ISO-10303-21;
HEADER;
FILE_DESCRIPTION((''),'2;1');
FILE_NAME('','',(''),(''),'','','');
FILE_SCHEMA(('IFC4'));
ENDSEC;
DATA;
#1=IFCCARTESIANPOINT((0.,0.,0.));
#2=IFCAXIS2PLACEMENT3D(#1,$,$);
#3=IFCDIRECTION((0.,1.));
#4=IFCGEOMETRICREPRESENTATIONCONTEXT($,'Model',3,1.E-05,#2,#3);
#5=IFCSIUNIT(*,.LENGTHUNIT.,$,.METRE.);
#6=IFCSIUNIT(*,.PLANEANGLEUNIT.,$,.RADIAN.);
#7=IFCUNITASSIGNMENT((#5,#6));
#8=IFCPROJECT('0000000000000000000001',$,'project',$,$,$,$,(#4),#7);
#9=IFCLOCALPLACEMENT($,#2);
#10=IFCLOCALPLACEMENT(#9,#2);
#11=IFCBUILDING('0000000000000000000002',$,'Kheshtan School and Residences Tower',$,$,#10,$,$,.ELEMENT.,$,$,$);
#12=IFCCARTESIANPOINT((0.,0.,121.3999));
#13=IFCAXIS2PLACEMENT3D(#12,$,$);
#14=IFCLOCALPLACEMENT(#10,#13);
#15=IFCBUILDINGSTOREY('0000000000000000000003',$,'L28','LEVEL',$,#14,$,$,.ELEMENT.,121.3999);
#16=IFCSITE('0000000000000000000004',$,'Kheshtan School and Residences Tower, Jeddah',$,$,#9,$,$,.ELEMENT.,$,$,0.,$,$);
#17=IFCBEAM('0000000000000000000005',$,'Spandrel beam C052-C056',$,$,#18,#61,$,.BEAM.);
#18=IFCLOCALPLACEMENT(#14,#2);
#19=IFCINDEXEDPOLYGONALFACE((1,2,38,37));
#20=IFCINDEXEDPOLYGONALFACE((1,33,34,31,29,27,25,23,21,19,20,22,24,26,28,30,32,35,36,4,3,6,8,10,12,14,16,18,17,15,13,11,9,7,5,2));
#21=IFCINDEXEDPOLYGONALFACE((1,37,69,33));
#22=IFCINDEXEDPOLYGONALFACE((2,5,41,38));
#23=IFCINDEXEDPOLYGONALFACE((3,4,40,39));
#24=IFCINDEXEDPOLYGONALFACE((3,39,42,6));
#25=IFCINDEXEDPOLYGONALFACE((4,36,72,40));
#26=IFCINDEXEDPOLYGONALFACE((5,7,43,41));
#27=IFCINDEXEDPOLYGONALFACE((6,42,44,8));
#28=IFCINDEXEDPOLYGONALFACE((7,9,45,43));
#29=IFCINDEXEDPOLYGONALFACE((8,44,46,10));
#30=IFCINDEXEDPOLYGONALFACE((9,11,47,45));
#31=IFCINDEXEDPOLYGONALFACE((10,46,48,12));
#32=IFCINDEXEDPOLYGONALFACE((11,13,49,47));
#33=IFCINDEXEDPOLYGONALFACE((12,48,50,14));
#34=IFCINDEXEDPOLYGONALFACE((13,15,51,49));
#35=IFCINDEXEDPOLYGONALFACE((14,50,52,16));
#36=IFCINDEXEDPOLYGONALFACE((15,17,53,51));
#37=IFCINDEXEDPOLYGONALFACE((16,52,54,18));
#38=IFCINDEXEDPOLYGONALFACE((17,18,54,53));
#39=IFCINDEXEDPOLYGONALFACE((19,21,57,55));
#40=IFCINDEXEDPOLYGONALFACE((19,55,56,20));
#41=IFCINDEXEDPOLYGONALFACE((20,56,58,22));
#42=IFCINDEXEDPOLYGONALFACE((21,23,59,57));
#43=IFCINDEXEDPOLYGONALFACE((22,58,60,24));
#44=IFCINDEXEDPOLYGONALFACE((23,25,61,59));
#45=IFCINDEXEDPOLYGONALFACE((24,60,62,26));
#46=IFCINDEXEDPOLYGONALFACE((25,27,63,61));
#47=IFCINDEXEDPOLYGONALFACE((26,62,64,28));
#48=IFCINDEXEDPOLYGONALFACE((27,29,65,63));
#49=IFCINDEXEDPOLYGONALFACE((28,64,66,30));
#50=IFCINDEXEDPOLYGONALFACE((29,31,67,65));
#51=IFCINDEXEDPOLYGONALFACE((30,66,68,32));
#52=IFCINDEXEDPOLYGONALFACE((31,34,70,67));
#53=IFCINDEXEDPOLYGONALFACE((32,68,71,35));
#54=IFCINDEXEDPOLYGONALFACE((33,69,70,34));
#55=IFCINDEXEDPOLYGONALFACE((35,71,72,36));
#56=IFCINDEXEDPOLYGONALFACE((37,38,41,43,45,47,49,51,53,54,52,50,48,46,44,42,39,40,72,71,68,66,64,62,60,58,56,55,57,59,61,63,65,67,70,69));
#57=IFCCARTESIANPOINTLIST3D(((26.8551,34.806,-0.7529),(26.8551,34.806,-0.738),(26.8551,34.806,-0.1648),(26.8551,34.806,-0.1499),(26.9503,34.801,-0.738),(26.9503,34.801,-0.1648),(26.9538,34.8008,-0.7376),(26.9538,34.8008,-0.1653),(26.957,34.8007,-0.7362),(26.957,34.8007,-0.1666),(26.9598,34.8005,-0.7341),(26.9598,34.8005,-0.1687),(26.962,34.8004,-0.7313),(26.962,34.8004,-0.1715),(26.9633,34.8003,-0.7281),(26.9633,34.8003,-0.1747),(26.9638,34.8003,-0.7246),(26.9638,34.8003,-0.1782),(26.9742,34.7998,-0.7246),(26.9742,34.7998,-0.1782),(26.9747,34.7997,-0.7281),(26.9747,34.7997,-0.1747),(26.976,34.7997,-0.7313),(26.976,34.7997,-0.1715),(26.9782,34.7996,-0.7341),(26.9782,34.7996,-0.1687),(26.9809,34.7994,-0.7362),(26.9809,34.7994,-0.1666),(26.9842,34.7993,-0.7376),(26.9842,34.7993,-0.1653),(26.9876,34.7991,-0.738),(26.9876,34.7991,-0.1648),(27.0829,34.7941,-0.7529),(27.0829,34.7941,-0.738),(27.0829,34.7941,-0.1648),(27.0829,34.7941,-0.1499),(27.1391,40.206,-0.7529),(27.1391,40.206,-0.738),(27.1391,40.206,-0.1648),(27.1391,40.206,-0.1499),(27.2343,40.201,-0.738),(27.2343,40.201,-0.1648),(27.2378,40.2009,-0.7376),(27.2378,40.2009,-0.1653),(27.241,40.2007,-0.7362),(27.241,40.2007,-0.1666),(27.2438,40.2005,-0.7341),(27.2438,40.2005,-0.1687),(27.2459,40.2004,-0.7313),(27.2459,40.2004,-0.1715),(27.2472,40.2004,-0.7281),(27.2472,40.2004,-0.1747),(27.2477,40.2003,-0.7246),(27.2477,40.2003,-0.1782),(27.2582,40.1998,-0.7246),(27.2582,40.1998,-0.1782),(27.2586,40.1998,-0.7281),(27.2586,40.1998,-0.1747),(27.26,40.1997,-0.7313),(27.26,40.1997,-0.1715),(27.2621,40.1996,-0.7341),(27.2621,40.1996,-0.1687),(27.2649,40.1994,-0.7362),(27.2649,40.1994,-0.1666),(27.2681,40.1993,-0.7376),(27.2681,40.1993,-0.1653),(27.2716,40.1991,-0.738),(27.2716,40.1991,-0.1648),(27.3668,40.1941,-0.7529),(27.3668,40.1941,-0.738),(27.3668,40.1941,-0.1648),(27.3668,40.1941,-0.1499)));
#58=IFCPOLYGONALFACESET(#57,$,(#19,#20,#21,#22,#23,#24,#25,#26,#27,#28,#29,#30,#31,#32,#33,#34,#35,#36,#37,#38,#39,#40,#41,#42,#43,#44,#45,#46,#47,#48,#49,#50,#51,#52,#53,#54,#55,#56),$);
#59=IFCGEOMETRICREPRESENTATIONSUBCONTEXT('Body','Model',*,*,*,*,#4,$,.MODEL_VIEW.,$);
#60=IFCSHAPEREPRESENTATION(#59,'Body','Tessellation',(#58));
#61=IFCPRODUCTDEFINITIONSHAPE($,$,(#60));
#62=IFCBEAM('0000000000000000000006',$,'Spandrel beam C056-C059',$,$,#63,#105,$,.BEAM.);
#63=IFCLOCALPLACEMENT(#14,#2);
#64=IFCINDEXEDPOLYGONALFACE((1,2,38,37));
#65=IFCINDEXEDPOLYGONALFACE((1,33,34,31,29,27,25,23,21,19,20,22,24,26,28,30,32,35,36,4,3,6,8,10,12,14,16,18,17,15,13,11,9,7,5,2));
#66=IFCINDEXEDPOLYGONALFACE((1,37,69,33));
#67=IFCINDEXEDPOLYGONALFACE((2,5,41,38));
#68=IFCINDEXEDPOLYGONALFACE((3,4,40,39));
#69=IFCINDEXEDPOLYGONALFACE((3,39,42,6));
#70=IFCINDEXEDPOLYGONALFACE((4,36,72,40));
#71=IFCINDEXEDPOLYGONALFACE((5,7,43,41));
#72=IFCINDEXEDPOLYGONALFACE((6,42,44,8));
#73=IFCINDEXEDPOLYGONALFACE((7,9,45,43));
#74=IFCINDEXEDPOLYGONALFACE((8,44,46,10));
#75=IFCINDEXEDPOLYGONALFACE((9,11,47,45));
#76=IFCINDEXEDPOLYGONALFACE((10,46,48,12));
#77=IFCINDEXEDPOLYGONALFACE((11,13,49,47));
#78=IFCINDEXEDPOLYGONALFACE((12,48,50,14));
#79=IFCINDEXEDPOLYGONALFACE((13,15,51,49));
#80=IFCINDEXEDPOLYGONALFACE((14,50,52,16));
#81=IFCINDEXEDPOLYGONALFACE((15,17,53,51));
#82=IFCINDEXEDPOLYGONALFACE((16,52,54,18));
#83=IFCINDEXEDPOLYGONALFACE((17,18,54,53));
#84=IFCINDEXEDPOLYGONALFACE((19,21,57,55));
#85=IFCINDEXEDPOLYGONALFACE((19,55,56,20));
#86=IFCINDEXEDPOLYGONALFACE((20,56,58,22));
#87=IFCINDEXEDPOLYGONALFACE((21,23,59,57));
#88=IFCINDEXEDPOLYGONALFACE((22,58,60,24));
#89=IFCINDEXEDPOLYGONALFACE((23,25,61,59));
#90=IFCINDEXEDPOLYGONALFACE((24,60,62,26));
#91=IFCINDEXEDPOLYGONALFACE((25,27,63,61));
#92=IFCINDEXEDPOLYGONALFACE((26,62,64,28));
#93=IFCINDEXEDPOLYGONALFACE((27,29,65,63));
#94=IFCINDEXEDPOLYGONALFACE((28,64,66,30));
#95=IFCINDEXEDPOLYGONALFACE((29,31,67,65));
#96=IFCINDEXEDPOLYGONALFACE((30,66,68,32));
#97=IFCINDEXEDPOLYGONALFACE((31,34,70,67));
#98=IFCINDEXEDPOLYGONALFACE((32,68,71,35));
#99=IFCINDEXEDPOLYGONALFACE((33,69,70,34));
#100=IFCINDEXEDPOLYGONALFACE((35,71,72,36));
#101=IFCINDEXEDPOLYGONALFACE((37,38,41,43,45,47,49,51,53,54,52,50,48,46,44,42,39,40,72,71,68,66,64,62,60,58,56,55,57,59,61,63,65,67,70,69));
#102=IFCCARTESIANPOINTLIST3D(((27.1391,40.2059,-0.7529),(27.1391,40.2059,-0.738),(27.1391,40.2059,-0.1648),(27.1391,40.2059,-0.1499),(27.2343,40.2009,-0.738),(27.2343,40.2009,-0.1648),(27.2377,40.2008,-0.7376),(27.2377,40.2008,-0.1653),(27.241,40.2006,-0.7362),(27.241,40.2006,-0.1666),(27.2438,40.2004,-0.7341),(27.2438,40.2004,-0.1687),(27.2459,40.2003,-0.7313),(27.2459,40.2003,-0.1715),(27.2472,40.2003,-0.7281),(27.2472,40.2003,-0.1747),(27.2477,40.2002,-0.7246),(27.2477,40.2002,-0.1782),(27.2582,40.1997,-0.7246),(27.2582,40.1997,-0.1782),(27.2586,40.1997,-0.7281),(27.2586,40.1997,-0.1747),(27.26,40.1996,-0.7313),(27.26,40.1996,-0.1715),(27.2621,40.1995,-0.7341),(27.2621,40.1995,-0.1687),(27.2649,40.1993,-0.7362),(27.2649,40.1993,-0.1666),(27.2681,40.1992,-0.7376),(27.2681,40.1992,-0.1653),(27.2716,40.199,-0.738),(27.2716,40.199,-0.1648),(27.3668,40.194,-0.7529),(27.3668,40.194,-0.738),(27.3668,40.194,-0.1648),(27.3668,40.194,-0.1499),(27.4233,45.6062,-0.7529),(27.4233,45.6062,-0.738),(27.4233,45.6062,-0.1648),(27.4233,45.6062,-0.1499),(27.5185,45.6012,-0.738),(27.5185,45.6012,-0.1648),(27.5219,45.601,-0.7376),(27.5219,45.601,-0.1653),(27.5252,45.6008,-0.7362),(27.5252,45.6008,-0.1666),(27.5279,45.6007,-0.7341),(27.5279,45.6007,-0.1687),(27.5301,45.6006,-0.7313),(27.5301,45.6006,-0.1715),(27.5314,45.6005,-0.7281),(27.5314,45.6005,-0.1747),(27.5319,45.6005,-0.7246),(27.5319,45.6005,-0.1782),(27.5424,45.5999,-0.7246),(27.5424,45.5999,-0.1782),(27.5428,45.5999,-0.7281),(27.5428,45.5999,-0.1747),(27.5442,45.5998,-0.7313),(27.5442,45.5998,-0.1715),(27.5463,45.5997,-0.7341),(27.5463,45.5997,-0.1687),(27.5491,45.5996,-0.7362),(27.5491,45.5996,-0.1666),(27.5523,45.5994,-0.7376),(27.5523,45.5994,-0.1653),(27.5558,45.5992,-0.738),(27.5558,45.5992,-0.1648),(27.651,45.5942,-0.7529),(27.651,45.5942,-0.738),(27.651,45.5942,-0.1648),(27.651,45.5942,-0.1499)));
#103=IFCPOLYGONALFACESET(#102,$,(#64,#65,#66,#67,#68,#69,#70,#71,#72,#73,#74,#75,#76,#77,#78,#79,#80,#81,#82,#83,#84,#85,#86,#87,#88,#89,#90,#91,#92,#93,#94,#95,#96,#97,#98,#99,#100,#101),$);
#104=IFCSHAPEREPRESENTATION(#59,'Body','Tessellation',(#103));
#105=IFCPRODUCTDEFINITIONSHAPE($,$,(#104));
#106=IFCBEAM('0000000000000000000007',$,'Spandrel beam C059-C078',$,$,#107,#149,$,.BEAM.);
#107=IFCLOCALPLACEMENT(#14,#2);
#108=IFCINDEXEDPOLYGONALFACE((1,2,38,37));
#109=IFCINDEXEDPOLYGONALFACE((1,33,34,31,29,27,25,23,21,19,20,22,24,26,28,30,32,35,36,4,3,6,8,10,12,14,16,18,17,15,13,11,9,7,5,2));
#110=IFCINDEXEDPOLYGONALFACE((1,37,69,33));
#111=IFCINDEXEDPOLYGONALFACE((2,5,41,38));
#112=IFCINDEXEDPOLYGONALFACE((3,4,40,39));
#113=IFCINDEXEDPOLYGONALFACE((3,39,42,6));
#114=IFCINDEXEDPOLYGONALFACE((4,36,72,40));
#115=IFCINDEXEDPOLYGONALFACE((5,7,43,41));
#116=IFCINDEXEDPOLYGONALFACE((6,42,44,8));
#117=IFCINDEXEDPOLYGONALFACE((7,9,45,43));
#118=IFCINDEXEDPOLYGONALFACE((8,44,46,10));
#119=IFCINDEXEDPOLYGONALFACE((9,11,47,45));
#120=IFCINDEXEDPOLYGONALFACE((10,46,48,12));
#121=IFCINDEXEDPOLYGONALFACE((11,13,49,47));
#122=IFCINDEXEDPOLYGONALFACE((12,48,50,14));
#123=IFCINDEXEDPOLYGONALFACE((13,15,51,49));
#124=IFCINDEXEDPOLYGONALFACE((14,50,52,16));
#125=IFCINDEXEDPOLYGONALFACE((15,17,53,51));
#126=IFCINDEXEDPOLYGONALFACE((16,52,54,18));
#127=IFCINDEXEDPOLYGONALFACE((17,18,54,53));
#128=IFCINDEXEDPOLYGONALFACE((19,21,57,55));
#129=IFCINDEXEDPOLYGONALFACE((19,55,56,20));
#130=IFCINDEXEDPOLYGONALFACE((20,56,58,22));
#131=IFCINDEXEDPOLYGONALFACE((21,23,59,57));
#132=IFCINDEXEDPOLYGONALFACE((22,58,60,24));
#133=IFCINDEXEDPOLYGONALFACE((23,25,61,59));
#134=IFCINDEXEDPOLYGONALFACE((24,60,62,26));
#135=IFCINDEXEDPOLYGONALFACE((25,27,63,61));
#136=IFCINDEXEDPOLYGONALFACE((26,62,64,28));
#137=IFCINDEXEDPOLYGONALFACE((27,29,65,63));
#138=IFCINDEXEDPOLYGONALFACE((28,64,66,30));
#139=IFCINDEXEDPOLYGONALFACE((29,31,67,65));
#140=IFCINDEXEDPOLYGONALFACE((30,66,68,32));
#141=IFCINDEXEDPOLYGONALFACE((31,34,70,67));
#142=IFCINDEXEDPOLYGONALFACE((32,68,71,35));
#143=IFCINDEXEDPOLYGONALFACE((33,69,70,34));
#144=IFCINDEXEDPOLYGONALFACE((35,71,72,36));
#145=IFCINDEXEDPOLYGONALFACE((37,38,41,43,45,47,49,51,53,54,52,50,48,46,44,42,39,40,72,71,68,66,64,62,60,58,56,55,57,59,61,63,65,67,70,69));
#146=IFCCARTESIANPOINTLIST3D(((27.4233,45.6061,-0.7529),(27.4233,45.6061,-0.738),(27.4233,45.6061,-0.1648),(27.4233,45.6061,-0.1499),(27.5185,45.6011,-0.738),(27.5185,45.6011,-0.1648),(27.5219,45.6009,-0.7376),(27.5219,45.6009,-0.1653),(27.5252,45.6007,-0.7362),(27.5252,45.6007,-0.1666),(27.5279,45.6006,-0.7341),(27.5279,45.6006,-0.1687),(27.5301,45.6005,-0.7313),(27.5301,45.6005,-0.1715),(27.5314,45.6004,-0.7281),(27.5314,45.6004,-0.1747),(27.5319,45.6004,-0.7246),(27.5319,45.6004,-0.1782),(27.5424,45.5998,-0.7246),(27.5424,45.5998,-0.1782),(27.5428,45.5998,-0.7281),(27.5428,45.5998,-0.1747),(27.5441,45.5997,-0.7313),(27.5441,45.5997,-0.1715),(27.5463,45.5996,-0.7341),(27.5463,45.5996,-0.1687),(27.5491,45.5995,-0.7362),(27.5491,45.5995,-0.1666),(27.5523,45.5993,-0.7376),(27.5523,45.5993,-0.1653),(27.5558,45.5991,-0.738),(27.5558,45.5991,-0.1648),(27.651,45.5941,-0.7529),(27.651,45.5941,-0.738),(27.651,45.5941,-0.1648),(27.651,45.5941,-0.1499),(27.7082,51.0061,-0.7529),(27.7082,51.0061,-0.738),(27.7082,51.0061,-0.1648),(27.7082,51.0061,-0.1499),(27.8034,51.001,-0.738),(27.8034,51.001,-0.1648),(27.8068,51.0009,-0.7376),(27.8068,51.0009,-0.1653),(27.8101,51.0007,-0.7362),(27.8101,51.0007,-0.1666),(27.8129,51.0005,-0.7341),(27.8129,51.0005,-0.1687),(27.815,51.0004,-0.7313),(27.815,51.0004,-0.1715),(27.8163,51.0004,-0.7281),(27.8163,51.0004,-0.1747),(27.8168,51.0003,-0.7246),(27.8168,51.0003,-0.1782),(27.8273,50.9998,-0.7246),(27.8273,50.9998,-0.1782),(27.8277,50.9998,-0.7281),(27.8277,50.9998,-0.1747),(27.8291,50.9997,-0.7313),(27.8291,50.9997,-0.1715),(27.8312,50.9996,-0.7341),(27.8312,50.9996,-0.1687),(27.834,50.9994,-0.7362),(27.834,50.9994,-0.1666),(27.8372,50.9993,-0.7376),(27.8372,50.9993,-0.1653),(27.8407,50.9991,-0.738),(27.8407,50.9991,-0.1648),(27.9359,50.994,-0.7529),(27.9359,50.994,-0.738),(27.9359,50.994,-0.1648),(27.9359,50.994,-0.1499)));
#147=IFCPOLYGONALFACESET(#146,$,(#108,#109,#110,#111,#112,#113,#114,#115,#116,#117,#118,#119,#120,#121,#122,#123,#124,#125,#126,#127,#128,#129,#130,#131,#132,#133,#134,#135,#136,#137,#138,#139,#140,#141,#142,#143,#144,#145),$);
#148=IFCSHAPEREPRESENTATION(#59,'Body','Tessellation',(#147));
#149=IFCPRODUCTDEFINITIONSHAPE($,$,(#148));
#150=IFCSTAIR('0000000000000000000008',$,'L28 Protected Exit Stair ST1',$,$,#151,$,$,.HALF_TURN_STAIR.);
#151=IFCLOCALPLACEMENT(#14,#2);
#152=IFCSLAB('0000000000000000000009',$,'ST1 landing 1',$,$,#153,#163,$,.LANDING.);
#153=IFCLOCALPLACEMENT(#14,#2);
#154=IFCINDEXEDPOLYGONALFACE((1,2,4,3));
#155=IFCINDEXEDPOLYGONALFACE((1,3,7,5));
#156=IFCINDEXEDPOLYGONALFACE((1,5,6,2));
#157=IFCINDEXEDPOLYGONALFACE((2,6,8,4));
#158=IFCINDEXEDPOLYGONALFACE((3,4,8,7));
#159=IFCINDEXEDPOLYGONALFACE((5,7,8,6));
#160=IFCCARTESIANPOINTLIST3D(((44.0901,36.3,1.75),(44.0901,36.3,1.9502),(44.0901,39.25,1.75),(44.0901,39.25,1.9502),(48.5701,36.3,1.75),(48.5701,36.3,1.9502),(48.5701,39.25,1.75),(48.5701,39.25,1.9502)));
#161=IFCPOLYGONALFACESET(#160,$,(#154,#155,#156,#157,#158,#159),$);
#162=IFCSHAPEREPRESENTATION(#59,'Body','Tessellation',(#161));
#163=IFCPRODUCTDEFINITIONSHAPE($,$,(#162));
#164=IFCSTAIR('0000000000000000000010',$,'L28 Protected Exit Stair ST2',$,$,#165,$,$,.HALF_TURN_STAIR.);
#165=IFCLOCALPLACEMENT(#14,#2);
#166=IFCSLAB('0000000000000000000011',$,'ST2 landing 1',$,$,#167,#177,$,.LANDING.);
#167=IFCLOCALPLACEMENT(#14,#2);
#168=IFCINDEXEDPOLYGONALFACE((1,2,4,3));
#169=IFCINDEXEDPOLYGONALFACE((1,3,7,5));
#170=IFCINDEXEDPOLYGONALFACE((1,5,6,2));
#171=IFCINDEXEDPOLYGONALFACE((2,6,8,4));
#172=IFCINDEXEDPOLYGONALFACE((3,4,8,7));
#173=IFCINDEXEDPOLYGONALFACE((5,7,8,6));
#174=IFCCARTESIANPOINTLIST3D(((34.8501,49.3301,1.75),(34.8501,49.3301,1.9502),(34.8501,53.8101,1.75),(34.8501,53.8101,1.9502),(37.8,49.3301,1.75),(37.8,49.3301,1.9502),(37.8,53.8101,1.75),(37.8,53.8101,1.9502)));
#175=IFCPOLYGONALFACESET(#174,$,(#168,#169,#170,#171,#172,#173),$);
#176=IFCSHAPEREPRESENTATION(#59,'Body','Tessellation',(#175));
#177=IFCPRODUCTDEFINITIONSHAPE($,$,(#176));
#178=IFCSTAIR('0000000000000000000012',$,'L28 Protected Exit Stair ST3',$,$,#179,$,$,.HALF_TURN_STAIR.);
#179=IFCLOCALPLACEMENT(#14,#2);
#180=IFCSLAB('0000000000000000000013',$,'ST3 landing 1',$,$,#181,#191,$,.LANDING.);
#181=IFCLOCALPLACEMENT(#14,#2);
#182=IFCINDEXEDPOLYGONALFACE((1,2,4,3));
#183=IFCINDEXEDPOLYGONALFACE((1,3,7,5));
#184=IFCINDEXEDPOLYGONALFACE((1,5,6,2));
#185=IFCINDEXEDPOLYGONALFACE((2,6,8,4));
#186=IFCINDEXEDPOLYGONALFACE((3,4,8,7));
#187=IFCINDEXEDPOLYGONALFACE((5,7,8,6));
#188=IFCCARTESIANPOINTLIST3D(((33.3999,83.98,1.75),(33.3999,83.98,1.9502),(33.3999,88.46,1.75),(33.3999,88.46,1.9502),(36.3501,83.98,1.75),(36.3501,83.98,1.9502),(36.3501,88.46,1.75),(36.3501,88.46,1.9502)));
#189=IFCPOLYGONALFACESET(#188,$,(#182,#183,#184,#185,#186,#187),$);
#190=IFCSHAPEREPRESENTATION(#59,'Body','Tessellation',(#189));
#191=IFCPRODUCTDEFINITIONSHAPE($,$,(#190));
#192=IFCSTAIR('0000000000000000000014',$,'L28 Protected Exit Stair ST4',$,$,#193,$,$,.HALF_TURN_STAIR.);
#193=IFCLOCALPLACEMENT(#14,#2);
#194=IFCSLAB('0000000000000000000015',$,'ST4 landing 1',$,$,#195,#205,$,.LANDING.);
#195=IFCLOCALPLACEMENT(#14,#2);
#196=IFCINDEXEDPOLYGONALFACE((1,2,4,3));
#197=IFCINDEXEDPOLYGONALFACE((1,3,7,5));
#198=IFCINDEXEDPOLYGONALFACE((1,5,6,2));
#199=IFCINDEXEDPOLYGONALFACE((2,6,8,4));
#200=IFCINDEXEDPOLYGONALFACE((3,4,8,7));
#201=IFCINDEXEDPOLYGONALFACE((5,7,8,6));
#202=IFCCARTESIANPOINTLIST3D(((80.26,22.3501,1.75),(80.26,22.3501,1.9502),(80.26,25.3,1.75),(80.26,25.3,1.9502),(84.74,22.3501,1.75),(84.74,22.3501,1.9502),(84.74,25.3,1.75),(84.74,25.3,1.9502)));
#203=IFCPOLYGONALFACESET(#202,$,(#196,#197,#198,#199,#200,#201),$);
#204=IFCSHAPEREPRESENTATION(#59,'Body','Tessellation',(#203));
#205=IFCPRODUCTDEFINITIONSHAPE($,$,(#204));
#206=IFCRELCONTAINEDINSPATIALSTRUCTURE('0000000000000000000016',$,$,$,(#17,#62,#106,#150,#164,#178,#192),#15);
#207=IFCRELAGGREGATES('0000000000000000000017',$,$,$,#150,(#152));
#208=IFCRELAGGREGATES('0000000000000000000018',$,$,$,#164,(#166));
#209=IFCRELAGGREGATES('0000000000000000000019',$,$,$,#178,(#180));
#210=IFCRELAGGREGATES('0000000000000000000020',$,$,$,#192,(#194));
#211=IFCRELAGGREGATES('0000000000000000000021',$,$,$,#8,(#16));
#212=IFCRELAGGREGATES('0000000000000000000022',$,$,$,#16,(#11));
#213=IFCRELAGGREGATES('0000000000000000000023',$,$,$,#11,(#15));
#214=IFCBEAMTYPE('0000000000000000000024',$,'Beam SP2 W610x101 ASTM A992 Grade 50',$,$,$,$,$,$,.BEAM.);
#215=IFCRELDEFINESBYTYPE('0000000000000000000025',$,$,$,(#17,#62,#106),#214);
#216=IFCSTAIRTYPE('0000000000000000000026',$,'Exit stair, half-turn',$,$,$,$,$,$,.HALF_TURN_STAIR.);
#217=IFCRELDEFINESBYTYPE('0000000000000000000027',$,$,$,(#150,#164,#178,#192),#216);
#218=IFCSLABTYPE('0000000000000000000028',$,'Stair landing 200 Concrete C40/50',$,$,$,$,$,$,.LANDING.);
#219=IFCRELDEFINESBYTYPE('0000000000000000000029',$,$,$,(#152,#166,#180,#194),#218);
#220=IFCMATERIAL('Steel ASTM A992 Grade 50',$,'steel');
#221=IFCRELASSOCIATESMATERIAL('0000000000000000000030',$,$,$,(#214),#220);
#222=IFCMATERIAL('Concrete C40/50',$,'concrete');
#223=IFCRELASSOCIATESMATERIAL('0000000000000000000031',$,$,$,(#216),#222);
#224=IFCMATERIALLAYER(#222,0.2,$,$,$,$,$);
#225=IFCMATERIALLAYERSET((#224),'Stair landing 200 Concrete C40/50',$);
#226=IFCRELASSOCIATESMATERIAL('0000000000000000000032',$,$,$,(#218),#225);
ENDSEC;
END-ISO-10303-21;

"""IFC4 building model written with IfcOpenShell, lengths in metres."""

from ifc_helpers import new_model, si_unit, direction, frame, origin, origin_2d, place, context, subcontext, project, spatial, polyline, i_section, outline, extrude, material, layer, layer_set, material_profile, profile_set, type_object, element, aggregate, save


model = new_model("IFC4")

# Units and contexts
model_context = context("Model", 3, precision=1e-05, world=origin(), true_north=direction((0.0, 1.0)))
body_context = subcontext(model_context, "Body", "Model", "MODEL_VIEW")
ifc_project = project(units=[si_unit("LENGTHUNIT", "METRE"), si_unit("PLANEANGLEUNIT", "RADIAN")], contexts=[model_context])

# Site, building, storey
site_placement = place(None, origin())
site = spatial("IfcSite", under=ifc_project, at=site_placement, Name="Kheshtan School and Residences Tower, Jeddah", CompositionType="ELEMENT", RefElevation=0.0)
building_placement = place(site_placement, origin())
building = spatial("IfcBuilding", under=site, at=building_placement, Name="Kheshtan School and Residences Tower", CompositionType="ELEMENT")
storey_placement = place(building_placement, frame((0.0, 0.0, 121.3999)))
storey = spatial("IfcBuildingStorey", under=building, at=storey_placement, Name="L28", Description="LEVEL", CompositionType="ELEMENT", Elevation=121.3999)

# Shared definitions
ifc_material_1 = material(Name="Steel ASTM A992 Grade 50", Category="steel")

# Beams
ifc_material_profile_1 = material_profile(ifc_material_1, i_section(OverallWidth=0.228, OverallDepth=0.603, WebThickness=0.0105, FlangeThickness=0.0149, FilletRadius=0.0134, at=origin_2d()), Name="W610x101")
ifc_profile_set_1 = profile_set([ifc_material_profile_1], Name="Steel ASTM A992 Grade 50")
beam_type_1 = type_object("IfcBeamType", Name="Beam SP2 W610x101 ASTM A992 Grade 50", PredefinedType="BEAM", material=ifc_profile_set_1)
beam_1_placement = place(storey_placement, frame((26.969, 34.8, -0.4514), z_axis=(0.052509, 0.99862, 0.0), x_axis=(-0.99862, 0.052509, 0.0)))
element("IfcBeam", 1, at=beam_1_placement, inside=storey, type_object=beam_type_1, Name="Spandrel beam C052-C056", PredefinedType="BEAM", context=body_context, shape_type="SweptSolid", body=[
    extrude(i_section(OverallWidth=0.228, OverallDepth=0.603, WebThickness=0.0105, FlangeThickness=0.0149, FilletRadius=0.0134, at=origin_2d()), origin(), (0.0, 0.0, 1.0), 5.4075),
])
beam_2_placement = place(storey_placement, frame((27.2529, 40.2, -0.4514), z_axis=(0.052552, 0.998618, 0.0), x_axis=(-0.998618, 0.052552, 0.0)))
element("IfcBeam", 2, at=beam_2_placement, inside=storey, type_object=beam_type_1, Name="Spandrel beam C056-C059", PredefinedType="BEAM", context=body_context, shape_type="SweptSolid", body=[
    extrude(i_section(OverallWidth=0.228, OverallDepth=0.603, WebThickness=0.0105, FlangeThickness=0.0149, FilletRadius=0.0134, at=origin_2d()), origin(), (0.0, 0.0, 1.0), 5.4077),
])
beam_3_placement = place(storey_placement, frame((27.5371, 45.6001, -0.4514), z_axis=(0.052689, 0.998611, 0.0), x_axis=(-0.998611, 0.052689, 0.0)))
element("IfcBeam", 3, at=beam_3_placement, inside=storey, type_object=beam_type_1, Name="Spandrel beam C059-C078", PredefinedType="BEAM", context=body_context, shape_type="SweptSolid", body=[
    extrude(i_section(OverallWidth=0.228, OverallDepth=0.603, WebThickness=0.0105, FlangeThickness=0.0149, FilletRadius=0.0134, at=origin_2d()), origin(), (0.0, 0.0, 1.0), 5.4075),
])

# Shared definitions
ifc_material_2 = material(Name="Concrete C40/50", Category="concrete")

# Stairs, slabs
stair_type = type_object("IfcStairType", Name="Exit stair, half-turn", PredefinedType="HALF_TURN_STAIR", material=ifc_material_2)
stair_1_placement = place(storey_placement, origin())
stair_1 = element("IfcStair", 4, at=stair_1_placement, inside=storey, type_object=stair_type, Name="L28 Protected Exit Stair ST1", PredefinedType="HALF_TURN_STAIR")
ifc_layer_1 = layer(ifc_material_2, 0.2)
ifc_layer_set_1 = layer_set([ifc_layer_1], Name="Stair landing 200 Concrete C40/50")
slab_type_1 = type_object("IfcSlabType", Name="Stair landing 200 Concrete C40/50", PredefinedType="LANDING", material=ifc_layer_set_1)
slab_1_placement = place(storey_placement, frame((0.0, 0.0, 1.75)))
slab_1 = element("IfcSlab", 5, at=slab_1_placement, type_object=slab_type_1, Name="ST1 landing 1", PredefinedType="LANDING", context=body_context, shape_type="SweptSolid", body=[
    extrude(outline(polyline([(48.5701, 39.25), (44.0901, 39.25), (44.0901, 36.3), (48.5701, 36.3), (48.5701, 39.25)])), origin(), (0.0, 0.0, 1.0), 0.2002),
])
aggregate(stair_1, [slab_1])
stair_2_placement = place(storey_placement, origin())
stair_2 = element("IfcStair", 6, at=stair_2_placement, inside=storey, type_object=stair_type, Name="L28 Protected Exit Stair ST2", PredefinedType="HALF_TURN_STAIR")
slab_2_placement = place(storey_placement, frame((0.0, 0.0, 1.75)))
slab_2 = element("IfcSlab", 7, at=slab_2_placement, type_object=slab_type_1, Name="ST2 landing 1", PredefinedType="LANDING", context=body_context, shape_type="SweptSolid", body=[
    extrude(outline(polyline([(37.8, 49.3301), (37.8, 53.8101), (34.8501, 53.8101), (34.8501, 49.3301), (37.8, 49.3301)])), origin(), (0.0, 0.0, 1.0), 0.2002),
])
aggregate(stair_2, [slab_2])
stair_3_placement = place(storey_placement, origin())
stair_3 = element("IfcStair", 8, at=stair_3_placement, inside=storey, type_object=stair_type, Name="L28 Protected Exit Stair ST3", PredefinedType="HALF_TURN_STAIR")
slab_3_placement = place(storey_placement, frame((0.0, 0.0, 1.75)))
slab_3 = element("IfcSlab", 9, at=slab_3_placement, type_object=slab_type_1, Name="ST3 landing 1", PredefinedType="LANDING", context=body_context, shape_type="SweptSolid", body=[
    extrude(outline(polyline([(36.3501, 83.98), (36.3501, 88.46), (33.3999, 88.46), (33.3999, 83.98), (36.3501, 83.98)])), origin(), (0.0, 0.0, 1.0), 0.2002),
])
aggregate(stair_3, [slab_3])
stair_4_placement = place(storey_placement, origin())
stair_4 = element("IfcStair", 10, at=stair_4_placement, inside=storey, type_object=stair_type, Name="L28 Protected Exit Stair ST4", PredefinedType="HALF_TURN_STAIR")
slab_4_placement = place(storey_placement, frame((0.0, 0.0, 1.75)))
slab_4 = element("IfcSlab", 11, at=slab_4_placement, type_object=slab_type_1, Name="ST4 landing 1", PredefinedType="LANDING", context=body_context, shape_type="SweptSolid", body=[
    extrude(outline(polyline([(84.74, 25.3), (80.26, 25.3), (80.26, 22.3501), (84.74, 22.3501), (84.74, 25.3)])), origin(), (0.0, 0.0, 1.0), 0.2002),
])
aggregate(stair_4, [slab_4])

save(model, "model.ifc")
